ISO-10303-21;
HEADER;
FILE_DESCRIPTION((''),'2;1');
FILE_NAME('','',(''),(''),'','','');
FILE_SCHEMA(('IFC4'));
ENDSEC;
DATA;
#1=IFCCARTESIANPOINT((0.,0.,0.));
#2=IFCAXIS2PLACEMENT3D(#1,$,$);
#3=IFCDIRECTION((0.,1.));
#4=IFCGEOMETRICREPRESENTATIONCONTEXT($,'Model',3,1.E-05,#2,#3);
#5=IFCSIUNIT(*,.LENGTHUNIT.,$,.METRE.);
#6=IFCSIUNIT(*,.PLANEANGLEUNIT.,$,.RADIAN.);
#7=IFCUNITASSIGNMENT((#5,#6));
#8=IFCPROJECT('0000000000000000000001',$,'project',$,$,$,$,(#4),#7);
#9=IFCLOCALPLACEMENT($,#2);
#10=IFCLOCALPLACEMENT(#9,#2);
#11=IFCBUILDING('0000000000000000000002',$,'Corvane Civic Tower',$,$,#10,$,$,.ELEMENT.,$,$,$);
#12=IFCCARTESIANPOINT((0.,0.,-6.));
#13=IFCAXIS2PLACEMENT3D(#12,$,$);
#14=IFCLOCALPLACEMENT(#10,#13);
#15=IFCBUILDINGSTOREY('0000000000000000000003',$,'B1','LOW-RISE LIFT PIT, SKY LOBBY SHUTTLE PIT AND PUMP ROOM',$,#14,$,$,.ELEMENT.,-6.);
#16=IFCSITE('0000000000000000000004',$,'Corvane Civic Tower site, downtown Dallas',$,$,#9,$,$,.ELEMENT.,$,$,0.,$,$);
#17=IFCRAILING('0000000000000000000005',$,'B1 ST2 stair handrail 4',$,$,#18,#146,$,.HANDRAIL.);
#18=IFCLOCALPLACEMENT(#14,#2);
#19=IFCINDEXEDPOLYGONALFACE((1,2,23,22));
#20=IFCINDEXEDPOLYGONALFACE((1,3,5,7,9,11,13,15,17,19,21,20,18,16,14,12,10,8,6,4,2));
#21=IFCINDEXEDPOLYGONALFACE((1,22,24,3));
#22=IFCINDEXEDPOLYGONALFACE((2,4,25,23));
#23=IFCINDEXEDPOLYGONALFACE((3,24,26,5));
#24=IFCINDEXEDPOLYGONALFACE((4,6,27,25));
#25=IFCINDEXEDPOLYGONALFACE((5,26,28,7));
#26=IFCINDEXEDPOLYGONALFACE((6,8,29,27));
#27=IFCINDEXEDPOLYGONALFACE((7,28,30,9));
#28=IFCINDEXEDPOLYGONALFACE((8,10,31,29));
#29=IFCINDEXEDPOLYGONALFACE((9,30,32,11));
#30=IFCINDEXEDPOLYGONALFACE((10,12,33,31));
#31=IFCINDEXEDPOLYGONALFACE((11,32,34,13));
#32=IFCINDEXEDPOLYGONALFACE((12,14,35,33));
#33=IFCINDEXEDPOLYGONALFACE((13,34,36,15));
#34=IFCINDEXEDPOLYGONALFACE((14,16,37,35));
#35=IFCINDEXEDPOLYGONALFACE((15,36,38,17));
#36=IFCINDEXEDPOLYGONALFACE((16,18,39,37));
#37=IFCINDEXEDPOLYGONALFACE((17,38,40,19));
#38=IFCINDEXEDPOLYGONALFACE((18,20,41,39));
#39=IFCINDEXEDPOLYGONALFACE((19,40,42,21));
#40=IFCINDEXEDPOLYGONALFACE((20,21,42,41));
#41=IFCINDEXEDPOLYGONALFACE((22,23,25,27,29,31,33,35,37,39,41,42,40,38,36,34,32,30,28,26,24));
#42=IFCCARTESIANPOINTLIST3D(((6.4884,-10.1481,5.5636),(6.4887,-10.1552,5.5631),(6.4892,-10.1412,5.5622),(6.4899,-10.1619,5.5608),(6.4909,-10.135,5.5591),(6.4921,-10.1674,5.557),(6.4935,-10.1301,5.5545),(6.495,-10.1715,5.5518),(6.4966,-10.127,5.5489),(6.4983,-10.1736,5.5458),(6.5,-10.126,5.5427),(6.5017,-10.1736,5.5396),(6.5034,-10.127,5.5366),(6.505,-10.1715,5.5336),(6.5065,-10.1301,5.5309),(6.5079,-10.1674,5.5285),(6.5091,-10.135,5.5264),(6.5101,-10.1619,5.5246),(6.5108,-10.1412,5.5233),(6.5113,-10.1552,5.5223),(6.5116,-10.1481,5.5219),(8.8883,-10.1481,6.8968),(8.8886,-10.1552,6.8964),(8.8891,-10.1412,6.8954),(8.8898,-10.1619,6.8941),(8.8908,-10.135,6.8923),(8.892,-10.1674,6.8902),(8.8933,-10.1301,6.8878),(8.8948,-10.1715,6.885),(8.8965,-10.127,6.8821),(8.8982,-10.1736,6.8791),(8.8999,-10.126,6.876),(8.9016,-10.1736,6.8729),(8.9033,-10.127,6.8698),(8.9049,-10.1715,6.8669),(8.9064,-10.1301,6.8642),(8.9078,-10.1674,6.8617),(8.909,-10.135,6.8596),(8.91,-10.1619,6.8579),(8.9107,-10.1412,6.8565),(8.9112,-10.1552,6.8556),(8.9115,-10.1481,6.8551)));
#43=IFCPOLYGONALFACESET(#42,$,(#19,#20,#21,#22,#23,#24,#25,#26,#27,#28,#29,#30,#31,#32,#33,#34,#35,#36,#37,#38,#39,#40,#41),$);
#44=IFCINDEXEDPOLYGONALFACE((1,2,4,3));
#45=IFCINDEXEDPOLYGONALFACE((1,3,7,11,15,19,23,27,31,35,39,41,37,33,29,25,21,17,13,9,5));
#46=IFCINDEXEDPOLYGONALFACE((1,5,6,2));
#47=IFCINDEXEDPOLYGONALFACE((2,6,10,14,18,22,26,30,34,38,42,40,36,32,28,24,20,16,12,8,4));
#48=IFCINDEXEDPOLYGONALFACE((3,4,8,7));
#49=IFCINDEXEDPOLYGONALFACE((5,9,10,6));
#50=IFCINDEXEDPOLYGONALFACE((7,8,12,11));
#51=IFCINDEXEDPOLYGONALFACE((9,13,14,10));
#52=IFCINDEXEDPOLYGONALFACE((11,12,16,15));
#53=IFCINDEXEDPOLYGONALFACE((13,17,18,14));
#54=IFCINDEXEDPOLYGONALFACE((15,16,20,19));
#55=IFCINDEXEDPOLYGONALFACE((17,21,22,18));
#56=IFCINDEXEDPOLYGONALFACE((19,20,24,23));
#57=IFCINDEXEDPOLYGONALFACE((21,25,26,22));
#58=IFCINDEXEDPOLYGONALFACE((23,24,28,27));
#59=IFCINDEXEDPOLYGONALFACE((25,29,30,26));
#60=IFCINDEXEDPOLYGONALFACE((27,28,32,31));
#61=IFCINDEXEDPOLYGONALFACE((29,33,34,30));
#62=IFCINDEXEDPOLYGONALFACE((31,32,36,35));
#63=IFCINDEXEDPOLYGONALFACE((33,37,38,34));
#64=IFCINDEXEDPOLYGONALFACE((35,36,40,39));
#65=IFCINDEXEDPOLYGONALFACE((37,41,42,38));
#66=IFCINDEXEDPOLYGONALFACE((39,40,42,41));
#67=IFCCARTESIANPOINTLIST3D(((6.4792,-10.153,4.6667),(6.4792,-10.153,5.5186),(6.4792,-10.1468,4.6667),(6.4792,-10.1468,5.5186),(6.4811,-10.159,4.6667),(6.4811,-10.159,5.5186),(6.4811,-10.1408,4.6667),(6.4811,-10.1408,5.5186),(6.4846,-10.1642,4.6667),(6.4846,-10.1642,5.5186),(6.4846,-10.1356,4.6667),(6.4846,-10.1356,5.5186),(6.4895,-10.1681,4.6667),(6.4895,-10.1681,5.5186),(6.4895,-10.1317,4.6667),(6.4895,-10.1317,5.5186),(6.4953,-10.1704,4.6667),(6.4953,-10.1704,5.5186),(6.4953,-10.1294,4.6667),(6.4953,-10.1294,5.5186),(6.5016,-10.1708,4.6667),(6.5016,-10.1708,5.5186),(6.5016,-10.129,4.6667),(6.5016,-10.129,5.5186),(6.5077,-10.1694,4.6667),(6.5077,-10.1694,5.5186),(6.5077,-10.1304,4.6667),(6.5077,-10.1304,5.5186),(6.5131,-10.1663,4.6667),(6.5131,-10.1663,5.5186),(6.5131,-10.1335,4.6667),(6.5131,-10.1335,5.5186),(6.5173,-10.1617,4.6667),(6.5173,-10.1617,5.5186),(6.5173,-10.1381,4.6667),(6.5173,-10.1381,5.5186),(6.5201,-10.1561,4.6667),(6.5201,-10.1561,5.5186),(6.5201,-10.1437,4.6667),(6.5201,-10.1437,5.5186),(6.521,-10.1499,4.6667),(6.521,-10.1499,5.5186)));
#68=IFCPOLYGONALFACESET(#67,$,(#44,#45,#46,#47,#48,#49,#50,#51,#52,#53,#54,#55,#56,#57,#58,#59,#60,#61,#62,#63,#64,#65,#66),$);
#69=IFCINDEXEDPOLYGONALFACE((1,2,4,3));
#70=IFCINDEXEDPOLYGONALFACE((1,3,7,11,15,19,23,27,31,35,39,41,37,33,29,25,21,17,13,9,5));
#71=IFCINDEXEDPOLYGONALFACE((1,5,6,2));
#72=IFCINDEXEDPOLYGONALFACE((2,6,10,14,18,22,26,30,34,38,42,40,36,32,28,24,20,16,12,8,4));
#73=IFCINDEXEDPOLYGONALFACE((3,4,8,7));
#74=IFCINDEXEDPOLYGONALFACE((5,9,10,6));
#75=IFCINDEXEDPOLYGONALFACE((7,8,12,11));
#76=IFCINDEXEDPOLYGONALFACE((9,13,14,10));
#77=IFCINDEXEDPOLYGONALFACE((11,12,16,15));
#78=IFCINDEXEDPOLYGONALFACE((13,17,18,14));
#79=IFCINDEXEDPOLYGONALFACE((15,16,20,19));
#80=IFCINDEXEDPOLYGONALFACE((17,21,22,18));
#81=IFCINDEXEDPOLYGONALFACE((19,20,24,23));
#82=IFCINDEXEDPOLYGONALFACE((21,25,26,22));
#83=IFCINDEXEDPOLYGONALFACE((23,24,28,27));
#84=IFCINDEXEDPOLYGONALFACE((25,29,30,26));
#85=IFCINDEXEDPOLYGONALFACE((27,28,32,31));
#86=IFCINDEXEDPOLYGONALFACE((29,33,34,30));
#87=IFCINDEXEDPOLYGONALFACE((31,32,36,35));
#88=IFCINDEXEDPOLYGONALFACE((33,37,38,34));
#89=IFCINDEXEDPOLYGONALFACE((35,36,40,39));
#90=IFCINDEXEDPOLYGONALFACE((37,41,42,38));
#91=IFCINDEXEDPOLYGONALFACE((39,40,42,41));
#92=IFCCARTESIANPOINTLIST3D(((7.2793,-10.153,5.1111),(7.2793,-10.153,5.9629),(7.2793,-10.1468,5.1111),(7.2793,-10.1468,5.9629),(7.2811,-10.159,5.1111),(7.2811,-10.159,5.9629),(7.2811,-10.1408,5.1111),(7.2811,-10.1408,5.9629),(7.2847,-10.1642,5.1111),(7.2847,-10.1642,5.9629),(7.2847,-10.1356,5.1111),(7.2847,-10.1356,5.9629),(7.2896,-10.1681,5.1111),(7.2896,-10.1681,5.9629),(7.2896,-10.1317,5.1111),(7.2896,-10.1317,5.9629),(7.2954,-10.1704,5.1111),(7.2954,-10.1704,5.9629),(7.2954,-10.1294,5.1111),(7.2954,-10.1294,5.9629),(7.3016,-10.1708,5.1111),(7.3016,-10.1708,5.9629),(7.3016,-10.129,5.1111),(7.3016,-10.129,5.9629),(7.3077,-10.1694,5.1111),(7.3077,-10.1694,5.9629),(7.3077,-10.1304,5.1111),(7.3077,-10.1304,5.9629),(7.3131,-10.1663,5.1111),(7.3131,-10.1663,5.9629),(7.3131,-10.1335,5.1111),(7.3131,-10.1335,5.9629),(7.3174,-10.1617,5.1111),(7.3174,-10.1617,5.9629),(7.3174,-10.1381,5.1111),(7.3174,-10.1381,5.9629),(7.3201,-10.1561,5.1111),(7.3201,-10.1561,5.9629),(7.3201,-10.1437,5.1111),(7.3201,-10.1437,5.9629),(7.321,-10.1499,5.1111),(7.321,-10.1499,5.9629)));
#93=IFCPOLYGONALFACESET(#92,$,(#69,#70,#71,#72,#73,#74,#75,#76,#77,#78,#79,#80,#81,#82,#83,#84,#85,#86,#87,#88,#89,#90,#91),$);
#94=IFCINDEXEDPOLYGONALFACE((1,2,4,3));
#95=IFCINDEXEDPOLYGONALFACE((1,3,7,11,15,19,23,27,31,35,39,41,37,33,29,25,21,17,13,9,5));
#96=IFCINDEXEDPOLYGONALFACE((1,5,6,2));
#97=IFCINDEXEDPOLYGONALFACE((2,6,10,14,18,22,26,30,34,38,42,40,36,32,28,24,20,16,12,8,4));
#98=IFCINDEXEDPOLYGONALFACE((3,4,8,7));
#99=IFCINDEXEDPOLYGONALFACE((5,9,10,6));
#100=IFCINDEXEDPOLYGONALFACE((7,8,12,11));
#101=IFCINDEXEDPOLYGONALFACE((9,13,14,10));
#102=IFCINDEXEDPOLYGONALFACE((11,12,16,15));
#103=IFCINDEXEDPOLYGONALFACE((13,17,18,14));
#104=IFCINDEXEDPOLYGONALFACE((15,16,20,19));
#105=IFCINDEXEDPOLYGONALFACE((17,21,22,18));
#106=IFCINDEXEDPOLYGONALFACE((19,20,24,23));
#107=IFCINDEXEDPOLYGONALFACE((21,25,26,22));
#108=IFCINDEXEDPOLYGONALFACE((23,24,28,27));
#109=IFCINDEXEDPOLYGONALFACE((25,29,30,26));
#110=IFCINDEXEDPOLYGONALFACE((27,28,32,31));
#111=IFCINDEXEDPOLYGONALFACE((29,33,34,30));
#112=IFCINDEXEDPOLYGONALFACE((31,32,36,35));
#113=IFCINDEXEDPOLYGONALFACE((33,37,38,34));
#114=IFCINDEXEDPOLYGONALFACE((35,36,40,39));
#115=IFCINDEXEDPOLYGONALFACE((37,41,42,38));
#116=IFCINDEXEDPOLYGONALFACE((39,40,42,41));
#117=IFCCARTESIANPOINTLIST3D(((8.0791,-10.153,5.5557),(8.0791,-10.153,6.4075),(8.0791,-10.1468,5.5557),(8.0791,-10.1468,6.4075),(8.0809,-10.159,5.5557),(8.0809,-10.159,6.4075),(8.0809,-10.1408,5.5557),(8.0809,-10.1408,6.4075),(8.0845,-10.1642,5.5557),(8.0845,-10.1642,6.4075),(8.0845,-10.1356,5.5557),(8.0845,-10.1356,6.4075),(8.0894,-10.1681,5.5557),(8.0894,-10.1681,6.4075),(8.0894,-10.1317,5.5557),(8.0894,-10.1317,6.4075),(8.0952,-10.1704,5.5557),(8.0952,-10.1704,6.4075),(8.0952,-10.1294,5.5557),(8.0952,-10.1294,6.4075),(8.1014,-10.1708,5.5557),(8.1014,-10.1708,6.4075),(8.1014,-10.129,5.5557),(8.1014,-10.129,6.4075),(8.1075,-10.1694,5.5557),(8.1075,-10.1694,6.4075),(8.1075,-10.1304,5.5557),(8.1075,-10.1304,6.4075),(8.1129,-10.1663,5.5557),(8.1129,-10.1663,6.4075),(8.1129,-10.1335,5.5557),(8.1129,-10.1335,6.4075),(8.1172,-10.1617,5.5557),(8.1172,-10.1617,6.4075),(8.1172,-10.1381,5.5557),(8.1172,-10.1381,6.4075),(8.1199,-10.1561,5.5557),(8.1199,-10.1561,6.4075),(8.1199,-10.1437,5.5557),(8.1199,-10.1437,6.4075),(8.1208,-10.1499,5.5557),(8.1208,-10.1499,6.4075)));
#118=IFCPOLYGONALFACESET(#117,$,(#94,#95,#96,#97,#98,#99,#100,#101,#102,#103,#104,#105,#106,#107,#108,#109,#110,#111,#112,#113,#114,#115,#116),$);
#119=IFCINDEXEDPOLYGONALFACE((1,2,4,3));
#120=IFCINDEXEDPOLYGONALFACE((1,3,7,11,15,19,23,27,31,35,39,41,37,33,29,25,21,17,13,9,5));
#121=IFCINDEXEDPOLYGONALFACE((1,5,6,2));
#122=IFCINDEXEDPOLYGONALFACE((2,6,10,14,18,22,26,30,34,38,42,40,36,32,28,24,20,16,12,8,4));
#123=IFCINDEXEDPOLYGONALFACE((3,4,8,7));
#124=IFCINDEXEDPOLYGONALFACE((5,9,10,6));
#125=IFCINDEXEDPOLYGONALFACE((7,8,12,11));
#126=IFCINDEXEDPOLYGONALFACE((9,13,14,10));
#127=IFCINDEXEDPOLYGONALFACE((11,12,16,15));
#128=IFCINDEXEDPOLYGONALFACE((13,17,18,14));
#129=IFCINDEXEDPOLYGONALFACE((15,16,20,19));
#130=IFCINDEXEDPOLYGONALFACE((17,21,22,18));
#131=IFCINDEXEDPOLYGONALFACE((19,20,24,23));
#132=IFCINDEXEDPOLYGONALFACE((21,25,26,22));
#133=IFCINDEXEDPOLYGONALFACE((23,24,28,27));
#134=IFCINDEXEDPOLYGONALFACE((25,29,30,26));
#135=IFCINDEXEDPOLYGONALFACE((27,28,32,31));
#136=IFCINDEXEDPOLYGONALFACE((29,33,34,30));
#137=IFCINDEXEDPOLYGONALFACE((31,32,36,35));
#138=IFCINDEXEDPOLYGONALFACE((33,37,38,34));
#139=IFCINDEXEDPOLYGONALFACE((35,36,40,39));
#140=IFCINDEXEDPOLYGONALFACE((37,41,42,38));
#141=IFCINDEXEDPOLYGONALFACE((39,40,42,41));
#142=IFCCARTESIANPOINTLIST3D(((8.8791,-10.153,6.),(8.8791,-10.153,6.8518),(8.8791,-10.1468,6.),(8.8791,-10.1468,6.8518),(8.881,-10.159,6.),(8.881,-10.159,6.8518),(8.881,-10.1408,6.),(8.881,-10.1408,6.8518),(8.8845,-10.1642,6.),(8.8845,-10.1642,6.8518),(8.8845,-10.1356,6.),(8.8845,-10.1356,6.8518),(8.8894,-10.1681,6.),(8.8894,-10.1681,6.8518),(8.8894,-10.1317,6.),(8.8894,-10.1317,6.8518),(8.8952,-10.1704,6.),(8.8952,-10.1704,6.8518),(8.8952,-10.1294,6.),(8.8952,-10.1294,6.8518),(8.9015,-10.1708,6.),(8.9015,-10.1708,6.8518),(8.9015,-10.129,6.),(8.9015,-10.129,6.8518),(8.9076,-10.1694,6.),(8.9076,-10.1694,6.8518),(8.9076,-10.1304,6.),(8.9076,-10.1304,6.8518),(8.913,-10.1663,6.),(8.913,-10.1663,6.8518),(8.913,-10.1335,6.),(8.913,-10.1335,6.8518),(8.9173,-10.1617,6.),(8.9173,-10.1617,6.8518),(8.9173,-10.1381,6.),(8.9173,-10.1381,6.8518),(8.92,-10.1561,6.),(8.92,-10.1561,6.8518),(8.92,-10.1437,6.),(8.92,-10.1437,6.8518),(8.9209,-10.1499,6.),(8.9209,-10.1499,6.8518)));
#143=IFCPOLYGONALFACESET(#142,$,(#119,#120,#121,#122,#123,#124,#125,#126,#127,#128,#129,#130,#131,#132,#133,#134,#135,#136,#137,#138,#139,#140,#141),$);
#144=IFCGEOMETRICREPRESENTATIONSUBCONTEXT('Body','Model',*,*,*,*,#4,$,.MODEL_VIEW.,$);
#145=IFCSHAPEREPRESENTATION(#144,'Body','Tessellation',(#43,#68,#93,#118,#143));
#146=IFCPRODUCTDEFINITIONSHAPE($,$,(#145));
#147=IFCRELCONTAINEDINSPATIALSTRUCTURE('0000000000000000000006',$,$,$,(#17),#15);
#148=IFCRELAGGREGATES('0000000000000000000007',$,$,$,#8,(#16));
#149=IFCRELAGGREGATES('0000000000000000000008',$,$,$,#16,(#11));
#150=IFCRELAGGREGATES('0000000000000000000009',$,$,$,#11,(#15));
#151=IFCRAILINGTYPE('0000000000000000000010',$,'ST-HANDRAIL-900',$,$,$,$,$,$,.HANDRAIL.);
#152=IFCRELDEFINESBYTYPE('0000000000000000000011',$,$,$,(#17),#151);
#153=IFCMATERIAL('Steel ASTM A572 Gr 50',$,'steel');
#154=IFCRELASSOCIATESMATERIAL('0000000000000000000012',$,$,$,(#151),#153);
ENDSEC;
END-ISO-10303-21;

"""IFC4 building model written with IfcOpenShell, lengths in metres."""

from ifc_helpers import new_model, si_unit, direction, frame, origin, origin_2d, place, context, subcontext, project, spatial, circle, extrude, material, type_object, element, save


model = new_model("IFC4")

# Units and contexts
model_context = context("Model", 3, precision=1e-05, world=origin(), true_north=direction((0.0, 1.0)))
body_context = subcontext(model_context, "Body", "Model", "MODEL_VIEW")
ifc_project = project(units=[si_unit("LENGTHUNIT", "METRE"), si_unit("PLANEANGLEUNIT", "RADIAN")], contexts=[model_context])

# Site, building, storey
site_placement = place(None, origin())
site = spatial("IfcSite", under=ifc_project, at=site_placement, Name="Corvane Civic Tower site, downtown Dallas", CompositionType="ELEMENT", RefElevation=0.0)
building_placement = place(site_placement, origin())
building = spatial("IfcBuilding", under=site, at=building_placement, Name="Corvane Civic Tower", CompositionType="ELEMENT")
storey_placement = place(building_placement, frame((0.0, 0.0, -6.0)))
storey = spatial("IfcBuildingStorey", under=building, at=storey_placement, Name="B1", Description="LOW-RISE LIFT PIT, SKY LOBBY SHUTTLE PIT AND PUMP ROOM", CompositionType="ELEMENT", Elevation=-6.0)

# Railing
ifc_material_1 = material(Name="Steel ASTM A572 Gr 50", Category="steel")
railing_type_1 = type_object("IfcRailingType", Name="ST-HANDRAIL-900", PredefinedType="HANDRAIL", material=ifc_material_1)
for number, where, name in (
    (1, (6.5, -10.1499, 4.6667), "B1 ST2 stair handrail 4"),
):
    element("IfcRailing", number, at=place(storey_placement, frame(where)), inside=storey, type_object=railing_type_1, Name=name, PredefinedType="HANDRAIL", context=body_context, shape_type="SweptSolid", body=[
        extrude(circle(Radius=0.0239, at=origin_2d()), frame((0.0, 0.0, 0.876), z_axis=(0.874161, 0.0, 0.485635), x_axis=(0.0, 1.0, 0.0)), (0.0, 0.0, 1.0), 2.7454),
        extrude(circle(Radius=0.021, at=origin_2d()), origin(), (0.0, 0.0, 1.0), 0.8518),
        extrude(circle(Radius=0.021, at=origin_2d()), frame((0.8, 0.0, 0.4443)), (0.0, 0.0, 1.0), 0.8518),
        extrude(circle(Radius=0.021, at=origin_2d()), frame((1.5999, 0.0, 0.8889)), (0.0, 0.0, 1.0), 0.8518),
        extrude(circle(Radius=0.021, at=origin_2d()), frame((2.3999, 0.0, 1.3333)), (0.0, 0.0, 1.0), 0.8518),
    ])

save(model, "model.ifc")
